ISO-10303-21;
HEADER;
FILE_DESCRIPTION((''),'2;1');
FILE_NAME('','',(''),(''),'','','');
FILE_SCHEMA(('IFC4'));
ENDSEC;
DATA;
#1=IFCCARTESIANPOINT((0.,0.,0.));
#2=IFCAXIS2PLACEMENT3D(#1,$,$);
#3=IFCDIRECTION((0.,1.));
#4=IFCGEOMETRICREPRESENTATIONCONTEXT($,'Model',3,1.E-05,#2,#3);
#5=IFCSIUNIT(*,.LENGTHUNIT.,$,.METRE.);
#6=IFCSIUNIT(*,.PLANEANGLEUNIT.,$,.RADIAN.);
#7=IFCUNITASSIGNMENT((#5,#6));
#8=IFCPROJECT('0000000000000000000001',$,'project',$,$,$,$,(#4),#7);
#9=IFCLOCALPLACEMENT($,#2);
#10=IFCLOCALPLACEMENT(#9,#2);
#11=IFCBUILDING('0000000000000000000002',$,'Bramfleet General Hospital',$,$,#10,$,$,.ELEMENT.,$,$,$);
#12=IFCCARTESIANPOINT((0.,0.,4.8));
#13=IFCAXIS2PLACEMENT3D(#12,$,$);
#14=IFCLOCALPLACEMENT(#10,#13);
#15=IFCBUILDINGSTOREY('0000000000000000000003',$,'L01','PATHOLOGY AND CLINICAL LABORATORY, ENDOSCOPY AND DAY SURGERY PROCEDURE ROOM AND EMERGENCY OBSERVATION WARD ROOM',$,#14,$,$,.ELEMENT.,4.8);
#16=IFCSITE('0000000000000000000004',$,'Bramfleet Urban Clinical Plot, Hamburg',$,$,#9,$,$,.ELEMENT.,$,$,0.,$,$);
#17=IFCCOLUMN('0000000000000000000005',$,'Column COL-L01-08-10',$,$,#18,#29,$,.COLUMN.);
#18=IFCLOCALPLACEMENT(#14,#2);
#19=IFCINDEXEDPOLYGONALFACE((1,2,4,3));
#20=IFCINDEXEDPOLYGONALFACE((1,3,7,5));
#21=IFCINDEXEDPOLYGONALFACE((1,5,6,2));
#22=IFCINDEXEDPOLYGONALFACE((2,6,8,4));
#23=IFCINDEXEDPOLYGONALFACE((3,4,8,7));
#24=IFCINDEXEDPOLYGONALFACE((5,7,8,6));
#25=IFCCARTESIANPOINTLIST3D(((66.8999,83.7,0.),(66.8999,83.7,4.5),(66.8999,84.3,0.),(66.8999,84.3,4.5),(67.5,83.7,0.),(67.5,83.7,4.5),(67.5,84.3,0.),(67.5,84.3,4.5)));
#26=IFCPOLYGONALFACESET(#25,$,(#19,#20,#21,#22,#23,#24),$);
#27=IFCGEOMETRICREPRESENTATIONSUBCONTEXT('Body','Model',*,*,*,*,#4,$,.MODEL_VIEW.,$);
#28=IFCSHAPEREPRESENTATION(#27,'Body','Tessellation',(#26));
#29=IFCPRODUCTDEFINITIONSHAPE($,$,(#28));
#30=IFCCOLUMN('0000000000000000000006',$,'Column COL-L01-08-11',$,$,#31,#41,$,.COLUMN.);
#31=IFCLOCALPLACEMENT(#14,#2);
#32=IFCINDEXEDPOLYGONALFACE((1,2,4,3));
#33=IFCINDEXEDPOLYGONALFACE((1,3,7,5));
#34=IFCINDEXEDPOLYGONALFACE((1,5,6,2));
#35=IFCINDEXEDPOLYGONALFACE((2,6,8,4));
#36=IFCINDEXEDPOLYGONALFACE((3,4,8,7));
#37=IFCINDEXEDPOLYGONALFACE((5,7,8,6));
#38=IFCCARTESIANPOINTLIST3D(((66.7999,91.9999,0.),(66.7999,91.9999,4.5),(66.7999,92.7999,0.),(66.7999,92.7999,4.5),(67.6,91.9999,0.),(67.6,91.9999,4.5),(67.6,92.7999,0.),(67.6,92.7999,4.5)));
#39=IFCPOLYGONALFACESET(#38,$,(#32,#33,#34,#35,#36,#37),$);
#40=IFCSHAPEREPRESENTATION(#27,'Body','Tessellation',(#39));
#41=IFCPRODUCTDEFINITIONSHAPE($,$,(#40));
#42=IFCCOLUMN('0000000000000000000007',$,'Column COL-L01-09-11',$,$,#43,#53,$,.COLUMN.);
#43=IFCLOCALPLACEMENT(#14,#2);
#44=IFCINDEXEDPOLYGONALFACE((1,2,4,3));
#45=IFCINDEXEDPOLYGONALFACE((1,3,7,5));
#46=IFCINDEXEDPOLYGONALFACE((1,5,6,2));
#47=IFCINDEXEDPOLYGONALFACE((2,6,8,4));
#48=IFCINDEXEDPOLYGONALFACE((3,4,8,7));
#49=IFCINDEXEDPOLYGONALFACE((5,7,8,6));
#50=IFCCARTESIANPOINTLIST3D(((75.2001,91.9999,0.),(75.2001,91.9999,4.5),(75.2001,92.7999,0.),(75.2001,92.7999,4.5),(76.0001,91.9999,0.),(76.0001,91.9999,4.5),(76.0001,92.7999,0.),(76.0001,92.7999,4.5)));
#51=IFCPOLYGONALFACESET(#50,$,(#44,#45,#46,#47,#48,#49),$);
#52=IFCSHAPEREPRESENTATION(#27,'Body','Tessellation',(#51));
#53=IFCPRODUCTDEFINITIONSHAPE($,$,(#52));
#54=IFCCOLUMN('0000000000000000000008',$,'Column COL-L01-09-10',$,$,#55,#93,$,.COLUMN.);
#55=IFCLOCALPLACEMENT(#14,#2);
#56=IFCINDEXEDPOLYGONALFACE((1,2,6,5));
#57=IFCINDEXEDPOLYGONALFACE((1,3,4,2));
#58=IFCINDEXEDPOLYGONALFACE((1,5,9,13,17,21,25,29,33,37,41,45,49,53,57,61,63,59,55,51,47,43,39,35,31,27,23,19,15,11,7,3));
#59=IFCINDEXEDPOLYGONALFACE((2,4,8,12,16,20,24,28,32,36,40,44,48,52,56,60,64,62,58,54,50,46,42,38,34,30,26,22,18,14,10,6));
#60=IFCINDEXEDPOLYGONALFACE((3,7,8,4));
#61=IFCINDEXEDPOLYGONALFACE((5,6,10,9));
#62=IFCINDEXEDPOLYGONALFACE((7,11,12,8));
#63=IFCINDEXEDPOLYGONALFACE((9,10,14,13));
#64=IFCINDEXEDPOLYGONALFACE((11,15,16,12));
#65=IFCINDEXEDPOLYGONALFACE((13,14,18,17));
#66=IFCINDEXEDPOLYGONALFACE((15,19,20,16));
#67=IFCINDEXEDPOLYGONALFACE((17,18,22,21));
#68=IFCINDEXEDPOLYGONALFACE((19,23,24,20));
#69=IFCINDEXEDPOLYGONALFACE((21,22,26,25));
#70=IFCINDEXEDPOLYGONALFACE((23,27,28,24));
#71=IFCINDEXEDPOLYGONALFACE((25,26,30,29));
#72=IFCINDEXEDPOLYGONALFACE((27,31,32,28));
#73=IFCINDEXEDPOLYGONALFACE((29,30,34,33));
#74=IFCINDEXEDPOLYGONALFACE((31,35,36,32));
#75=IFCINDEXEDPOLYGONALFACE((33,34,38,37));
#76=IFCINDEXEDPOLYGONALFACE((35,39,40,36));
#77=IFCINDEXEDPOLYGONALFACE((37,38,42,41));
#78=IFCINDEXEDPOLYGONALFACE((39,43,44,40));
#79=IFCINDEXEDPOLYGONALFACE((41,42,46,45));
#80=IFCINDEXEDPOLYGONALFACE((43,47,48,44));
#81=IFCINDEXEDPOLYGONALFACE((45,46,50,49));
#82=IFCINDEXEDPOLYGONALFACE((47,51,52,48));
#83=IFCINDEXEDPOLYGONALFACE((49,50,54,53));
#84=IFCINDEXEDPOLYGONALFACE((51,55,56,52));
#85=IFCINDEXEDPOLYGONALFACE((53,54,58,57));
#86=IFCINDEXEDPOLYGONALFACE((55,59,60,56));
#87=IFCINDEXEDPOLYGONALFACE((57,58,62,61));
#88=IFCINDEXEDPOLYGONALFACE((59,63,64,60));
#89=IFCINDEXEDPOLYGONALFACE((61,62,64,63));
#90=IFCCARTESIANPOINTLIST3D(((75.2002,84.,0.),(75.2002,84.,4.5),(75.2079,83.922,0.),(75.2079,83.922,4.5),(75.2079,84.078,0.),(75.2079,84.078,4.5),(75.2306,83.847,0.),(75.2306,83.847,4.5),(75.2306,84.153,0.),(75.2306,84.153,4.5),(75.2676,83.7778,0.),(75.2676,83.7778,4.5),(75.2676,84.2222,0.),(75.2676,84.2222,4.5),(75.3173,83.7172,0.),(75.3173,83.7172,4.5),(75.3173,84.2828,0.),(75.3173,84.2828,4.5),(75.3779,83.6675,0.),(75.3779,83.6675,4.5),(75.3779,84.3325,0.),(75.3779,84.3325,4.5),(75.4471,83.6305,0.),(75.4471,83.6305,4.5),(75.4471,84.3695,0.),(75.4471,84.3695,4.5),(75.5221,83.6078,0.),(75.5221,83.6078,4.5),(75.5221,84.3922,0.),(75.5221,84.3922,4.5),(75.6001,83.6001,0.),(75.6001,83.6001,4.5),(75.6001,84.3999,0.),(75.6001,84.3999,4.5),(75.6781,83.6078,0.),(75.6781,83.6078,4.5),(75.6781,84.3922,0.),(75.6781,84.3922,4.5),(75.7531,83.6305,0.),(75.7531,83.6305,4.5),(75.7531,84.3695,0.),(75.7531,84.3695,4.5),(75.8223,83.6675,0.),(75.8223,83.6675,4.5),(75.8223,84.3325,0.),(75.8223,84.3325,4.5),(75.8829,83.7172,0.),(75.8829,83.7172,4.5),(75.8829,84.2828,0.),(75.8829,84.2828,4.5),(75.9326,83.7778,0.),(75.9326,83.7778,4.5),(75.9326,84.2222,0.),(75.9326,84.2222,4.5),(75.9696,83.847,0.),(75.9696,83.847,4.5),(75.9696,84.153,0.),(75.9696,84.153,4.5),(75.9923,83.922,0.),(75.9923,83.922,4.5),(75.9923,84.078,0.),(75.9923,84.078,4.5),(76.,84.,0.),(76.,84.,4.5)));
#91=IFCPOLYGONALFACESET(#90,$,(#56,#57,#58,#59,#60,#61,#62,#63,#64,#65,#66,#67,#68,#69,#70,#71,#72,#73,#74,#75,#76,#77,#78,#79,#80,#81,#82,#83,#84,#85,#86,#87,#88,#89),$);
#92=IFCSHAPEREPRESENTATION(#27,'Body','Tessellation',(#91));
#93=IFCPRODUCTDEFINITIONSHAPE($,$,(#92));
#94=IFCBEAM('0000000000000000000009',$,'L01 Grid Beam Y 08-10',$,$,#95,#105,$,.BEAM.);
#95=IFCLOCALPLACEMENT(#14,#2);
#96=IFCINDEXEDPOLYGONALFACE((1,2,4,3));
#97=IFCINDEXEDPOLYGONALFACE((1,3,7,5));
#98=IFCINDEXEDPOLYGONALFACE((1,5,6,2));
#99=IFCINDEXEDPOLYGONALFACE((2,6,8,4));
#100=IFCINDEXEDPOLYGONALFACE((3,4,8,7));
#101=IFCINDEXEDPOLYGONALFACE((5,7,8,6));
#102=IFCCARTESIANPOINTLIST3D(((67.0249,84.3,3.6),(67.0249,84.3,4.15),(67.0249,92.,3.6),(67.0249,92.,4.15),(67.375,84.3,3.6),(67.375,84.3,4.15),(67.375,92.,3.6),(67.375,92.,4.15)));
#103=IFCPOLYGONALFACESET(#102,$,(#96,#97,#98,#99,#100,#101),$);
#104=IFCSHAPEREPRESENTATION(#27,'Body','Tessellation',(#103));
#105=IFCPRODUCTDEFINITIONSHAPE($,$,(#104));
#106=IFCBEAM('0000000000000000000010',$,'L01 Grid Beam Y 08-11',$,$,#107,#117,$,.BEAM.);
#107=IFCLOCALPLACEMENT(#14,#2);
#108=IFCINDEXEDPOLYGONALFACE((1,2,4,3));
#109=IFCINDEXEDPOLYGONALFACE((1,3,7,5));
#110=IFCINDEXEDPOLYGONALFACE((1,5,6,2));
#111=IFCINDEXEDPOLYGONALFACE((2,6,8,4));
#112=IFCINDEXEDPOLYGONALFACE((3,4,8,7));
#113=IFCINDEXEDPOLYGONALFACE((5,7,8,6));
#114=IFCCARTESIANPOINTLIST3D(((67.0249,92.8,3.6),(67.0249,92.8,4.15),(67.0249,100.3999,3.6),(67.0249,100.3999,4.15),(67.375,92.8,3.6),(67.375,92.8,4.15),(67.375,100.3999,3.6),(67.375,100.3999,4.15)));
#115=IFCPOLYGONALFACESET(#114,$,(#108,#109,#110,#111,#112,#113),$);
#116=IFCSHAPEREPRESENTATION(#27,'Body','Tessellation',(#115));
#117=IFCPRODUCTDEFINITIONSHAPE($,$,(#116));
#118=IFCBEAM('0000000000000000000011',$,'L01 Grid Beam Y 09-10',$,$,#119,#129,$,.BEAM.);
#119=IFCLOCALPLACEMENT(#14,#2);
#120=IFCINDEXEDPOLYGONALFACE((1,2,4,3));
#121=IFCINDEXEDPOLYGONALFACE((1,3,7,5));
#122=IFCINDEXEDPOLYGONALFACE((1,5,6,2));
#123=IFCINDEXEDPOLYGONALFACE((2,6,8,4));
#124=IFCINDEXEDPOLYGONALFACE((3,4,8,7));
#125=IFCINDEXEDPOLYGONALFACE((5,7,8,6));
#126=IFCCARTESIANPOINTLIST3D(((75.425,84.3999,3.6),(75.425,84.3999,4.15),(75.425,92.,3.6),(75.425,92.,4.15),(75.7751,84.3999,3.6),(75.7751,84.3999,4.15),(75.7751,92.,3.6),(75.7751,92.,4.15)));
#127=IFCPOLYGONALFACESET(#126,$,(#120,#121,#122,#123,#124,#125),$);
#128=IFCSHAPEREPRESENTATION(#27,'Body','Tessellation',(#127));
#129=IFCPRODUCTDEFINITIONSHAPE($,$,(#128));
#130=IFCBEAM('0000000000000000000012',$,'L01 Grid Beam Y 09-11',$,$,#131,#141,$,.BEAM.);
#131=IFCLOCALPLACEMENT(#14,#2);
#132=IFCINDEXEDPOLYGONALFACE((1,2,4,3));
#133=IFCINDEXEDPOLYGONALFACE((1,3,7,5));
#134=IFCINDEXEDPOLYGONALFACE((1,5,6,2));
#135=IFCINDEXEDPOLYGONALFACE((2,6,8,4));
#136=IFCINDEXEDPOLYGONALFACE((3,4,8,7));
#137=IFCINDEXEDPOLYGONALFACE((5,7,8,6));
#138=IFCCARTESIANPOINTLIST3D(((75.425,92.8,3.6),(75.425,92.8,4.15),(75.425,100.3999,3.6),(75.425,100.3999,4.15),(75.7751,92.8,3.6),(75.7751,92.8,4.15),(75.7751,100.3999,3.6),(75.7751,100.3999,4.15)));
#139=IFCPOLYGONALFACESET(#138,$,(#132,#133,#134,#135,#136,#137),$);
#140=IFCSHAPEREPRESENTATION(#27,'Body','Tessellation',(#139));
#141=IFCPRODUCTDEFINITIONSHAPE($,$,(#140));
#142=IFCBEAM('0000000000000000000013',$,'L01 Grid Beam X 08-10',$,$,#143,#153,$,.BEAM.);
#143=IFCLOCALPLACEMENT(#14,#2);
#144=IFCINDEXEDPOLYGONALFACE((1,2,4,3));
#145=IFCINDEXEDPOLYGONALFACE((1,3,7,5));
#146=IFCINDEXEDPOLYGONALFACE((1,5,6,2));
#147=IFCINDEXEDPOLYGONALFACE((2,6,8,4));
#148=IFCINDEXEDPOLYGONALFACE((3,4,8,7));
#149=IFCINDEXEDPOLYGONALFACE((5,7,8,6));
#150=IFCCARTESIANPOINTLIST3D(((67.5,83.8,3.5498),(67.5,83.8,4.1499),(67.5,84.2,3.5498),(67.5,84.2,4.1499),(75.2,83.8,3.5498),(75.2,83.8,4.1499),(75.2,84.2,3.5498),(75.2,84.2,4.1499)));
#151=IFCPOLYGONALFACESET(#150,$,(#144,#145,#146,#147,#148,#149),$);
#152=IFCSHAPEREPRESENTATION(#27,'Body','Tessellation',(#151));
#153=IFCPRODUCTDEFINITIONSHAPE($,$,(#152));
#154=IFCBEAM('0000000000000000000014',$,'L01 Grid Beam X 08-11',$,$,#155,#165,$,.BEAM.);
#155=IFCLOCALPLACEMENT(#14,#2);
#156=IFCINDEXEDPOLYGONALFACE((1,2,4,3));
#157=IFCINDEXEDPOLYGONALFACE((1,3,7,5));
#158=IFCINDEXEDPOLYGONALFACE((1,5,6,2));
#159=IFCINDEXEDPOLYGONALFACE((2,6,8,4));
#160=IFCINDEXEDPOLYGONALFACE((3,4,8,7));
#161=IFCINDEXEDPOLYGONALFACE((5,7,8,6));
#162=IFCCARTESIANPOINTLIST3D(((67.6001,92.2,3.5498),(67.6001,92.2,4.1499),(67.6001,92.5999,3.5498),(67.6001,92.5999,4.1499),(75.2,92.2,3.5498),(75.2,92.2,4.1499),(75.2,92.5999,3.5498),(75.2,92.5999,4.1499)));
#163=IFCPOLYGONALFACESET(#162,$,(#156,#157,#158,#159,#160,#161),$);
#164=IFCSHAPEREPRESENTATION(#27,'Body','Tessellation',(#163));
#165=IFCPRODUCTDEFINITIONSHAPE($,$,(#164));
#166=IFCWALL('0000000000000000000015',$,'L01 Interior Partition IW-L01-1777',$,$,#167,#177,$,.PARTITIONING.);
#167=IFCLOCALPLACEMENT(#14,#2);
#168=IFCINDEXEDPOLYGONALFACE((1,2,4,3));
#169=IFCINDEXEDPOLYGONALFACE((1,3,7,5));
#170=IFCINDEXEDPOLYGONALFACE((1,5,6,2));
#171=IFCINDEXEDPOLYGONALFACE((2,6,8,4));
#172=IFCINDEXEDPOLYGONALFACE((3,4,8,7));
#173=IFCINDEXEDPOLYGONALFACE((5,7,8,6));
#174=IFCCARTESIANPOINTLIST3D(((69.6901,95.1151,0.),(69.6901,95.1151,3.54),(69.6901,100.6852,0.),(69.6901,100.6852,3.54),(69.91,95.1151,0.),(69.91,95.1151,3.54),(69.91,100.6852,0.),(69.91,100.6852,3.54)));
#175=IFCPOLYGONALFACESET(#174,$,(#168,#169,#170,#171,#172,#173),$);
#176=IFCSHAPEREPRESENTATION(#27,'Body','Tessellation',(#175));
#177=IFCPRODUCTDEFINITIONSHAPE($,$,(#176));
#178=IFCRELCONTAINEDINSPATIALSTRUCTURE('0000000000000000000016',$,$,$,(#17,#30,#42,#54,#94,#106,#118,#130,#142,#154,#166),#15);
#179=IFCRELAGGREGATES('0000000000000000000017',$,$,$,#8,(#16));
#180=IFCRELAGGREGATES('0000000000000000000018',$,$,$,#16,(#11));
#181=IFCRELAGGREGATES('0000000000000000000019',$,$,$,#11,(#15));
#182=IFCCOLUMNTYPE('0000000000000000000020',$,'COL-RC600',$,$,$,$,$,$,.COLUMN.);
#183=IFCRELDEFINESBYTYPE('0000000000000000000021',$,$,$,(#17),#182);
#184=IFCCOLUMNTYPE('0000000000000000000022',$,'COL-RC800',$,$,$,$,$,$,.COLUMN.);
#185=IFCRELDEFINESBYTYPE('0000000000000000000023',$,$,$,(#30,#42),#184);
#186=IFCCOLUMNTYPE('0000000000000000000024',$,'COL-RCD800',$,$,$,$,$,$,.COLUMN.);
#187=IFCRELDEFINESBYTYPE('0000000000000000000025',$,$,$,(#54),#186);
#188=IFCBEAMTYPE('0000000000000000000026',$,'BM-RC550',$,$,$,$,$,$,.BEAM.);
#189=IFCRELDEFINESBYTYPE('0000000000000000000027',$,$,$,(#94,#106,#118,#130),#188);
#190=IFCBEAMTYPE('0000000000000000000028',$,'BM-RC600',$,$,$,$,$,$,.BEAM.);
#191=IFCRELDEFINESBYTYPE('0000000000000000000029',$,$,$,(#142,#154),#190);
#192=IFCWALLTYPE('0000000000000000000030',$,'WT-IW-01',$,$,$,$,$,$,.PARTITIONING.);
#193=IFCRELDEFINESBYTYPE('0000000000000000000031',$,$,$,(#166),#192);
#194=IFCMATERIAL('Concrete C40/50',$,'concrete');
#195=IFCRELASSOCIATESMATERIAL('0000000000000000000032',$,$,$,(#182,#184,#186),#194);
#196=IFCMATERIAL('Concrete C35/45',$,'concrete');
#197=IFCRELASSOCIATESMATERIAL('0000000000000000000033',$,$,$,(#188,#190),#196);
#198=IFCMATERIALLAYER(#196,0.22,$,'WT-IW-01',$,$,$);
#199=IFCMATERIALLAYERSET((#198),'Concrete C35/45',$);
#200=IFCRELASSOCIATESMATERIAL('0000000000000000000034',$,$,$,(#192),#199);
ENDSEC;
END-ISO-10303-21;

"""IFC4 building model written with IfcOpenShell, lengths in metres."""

from ifc_helpers import new_model, si_unit, direction, frame, frame_2d, origin, origin_2d, place, context, subcontext, project, spatial, rectangle, circle, extrude, material, layer, layer_set, material_profile, profile_set, type_object, element, save


model = new_model("IFC4")

# Units and contexts
model_context = context("Model", 3, precision=1e-05, world=origin(), true_north=direction((0.0, 1.0)))
body_context = subcontext(model_context, "Body", "Model", "MODEL_VIEW")
ifc_project = project(units=[si_unit("LENGTHUNIT", "METRE"), si_unit("PLANEANGLEUNIT", "RADIAN")], contexts=[model_context])

# Site, building, storey
site_placement = place(None, origin())
site = spatial("IfcSite", under=ifc_project, at=site_placement, Name="Bramfleet Urban Clinical Plot, Hamburg", CompositionType="ELEMENT", RefElevation=0.0)
building_placement = place(site_placement, origin())
building = spatial("IfcBuilding", under=site, at=building_placement, Name="Bramfleet General Hospital", CompositionType="ELEMENT")
storey_placement = place(building_placement, frame((0.0, 0.0, 4.8)))
storey = spatial("IfcBuildingStorey", under=building, at=storey_placement, Name="L01", Description="PATHOLOGY AND CLINICAL LABORATORY, ENDOSCOPY AND DAY SURGERY PROCEDURE ROOM AND EMERGENCY OBSERVATION WARD ROOM", CompositionType="ELEMENT", Elevation=4.8)

# Columns
ifc_material_1 = material(Name="Concrete C40/50", Category="concrete")
ifc_material_profile_1 = material_profile(ifc_material_1, rectangle(XDim=0.6001, YDim=0.6001, at=origin_2d()), Name="RC COL 600x600")
ifc_profile_set_1 = profile_set([ifc_material_profile_1], Name="Concrete C40/50")
column_type_1 = type_object("IfcColumnType", Name="COL-RC600", PredefinedType="COLUMN", material=ifc_profile_set_1)
column_1_placement = place(storey_placement, frame((67.2, 84.0, 0.0), z_axis=(0.0, 0.0, 1.0), x_axis=(1.0, 0.0, 0.0)))
element("IfcColumn", 1, at=column_1_placement, inside=storey, type_object=column_type_1, Name="Column COL-L01-08-10", PredefinedType="COLUMN", context=body_context, shape_type="SweptSolid", body=[
    extrude(rectangle(XDim=0.6001, YDim=0.6001, at=origin_2d()), origin(), (0.0, 0.0, 1.0), 4.5),
])
ifc_material_profile_2 = material_profile(ifc_material_1, rectangle(XDim=0.8, YDim=0.8, at=origin_2d()), Name="RC COL 800x800")
ifc_profile_set_2 = profile_set([ifc_material_profile_2], Name="Concrete C40/50")
column_type_2 = type_object("IfcColumnType", Name="COL-RC800", PredefinedType="COLUMN", material=ifc_profile_set_2)
for number, where, z_axis, x_axis, name in (
    (2, (67.2, 92.3999, 0.0), (0.0, 0.0, 1.0), (1.0, 0.0, 0.0), "Column COL-L01-08-11"),
    (3, (75.6001, 92.3999, 0.0), (0.0, 0.0, 1.0), (1.0, 0.0, 0.0), "Column COL-L01-09-11"),
):
    element("IfcColumn", number, at=place(storey_placement, frame(where, z_axis=z_axis, x_axis=x_axis)), inside=storey, type_object=column_type_2, Name=name, PredefinedType="COLUMN", context=body_context, shape_type="SweptSolid", body=[
        extrude(rectangle(XDim=0.8, YDim=0.8, at=origin_2d()), origin(), (0.0, 0.0, 1.0), 4.5),
    ])
ifc_material_profile_3 = material_profile(ifc_material_1, circle(Radius=0.3999, at=origin_2d()), Name="RC ROUND D800")
ifc_profile_set_3 = profile_set([ifc_material_profile_3], Name="Concrete C40/50")
column_type_3 = type_object("IfcColumnType", Name="COL-RCD800", PredefinedType="COLUMN", material=ifc_profile_set_3)
column_2_placement = place(storey_placement, frame((75.6001, 84.0, 0.0), z_axis=(0.0, 0.0, 1.0), x_axis=(1.0, 0.0, 0.0)))
element("IfcColumn", 4, at=column_2_placement, inside=storey, type_object=column_type_3, Name="Column COL-L01-09-10", PredefinedType="COLUMN", context=body_context, shape_type="SweptSolid", body=[
    extrude(circle(Radius=0.3999, at=origin_2d()), origin(), (0.0, 0.0, 1.0), 4.5),
])

# Beams
ifc_material_2 = material(Name="Concrete C35/45", Category="concrete")
ifc_material_profile_4 = material_profile(ifc_material_2, rectangle(XDim=0.3501, YDim=0.55, at=origin_2d()), Name="RC BM 550x350")
ifc_profile_set_4 = profile_set([ifc_material_profile_4], Name="Concrete C35/45")
beam_type_1 = type_object("IfcBeamType", Name="BM-RC550", PredefinedType="BEAM", material=ifc_profile_set_4)
beam_1_placement = place(storey_placement, frame((67.2, 84.3, 3.875), z_axis=(0.0, 1.0, 0.0), x_axis=(-1.0, 0.0, 0.0)))
element("IfcBeam", 5, at=beam_1_placement, inside=storey, type_object=beam_type_1, Name="L01 Grid Beam Y 08-10", PredefinedType="BEAM", context=body_context, shape_type="SweptSolid", body=[
    extrude(rectangle(XDim=0.3501, YDim=0.55, at=origin_2d()), origin(), (0.0, 0.0, 1.0), 7.7),
])
beam_2_placement = place(storey_placement, frame((67.2, 92.8, 3.875), z_axis=(0.0, 1.0, 0.0), x_axis=(-1.0, 0.0, 0.0)))
element("IfcBeam", 6, at=beam_2_placement, inside=storey, type_object=beam_type_1, Name="L01 Grid Beam Y 08-11", PredefinedType="BEAM", context=body_context, shape_type="SweptSolid", body=[
    extrude(rectangle(XDim=0.3501, YDim=0.55, at=origin_2d()), origin(), (0.0, 0.0, 1.0), 7.5999),
])
beam_3_placement = place(storey_placement, frame((75.6001, 84.3999, 3.875), z_axis=(0.0, 1.0, 0.0), x_axis=(-1.0, 0.0, 0.0)))
element("IfcBeam", 7, at=beam_3_placement, inside=storey, type_object=beam_type_1, Name="L01 Grid Beam Y 09-10", PredefinedType="BEAM", context=body_context, shape_type="SweptSolid", body=[
    extrude(rectangle(XDim=0.3501, YDim=0.55, at=origin_2d()), origin(), (0.0, 0.0, 1.0), 7.6001),
])
beam_4_placement = place(storey_placement, frame((75.6001, 92.8, 3.875), z_axis=(0.0, 1.0, 0.0), x_axis=(-1.0, 0.0, 0.0)))
element("IfcBeam", 8, at=beam_4_placement, inside=storey, type_object=beam_type_1, Name="L01 Grid Beam Y 09-11", PredefinedType="BEAM", context=body_context, shape_type="SweptSolid", body=[
    extrude(rectangle(XDim=0.3501, YDim=0.55, at=origin_2d()), origin(), (0.0, 0.0, 1.0), 7.5999),
])
ifc_material_profile_5 = material_profile(ifc_material_2, rectangle(XDim=0.3999, YDim=0.6001, at=origin_2d()), Name="RC BM 600x400")
ifc_profile_set_5 = profile_set([ifc_material_profile_5], Name="Concrete C35/45")
beam_type_2 = type_object("IfcBeamType", Name="BM-RC600", PredefinedType="BEAM", material=ifc_profile_set_5)
beam_5_placement = place(storey_placement, frame((67.5, 84.0, 3.8499), z_axis=(1.0, 0.0, 0.0), x_axis=(0.0, 1.0, 0.0)))
element("IfcBeam", 9, at=beam_5_placement, inside=storey, type_object=beam_type_2, Name="L01 Grid Beam X 08-10", PredefinedType="BEAM", context=body_context, shape_type="SweptSolid", body=[
    extrude(rectangle(XDim=0.3999, YDim=0.6001, at=origin_2d()), origin(), (0.0, 0.0, 1.0), 7.7),
])
beam_6_placement = place(storey_placement, frame((67.6001, 92.3999, 3.8499), z_axis=(1.0, 0.0, 0.0), x_axis=(0.0, 1.0, 0.0)))
element("IfcBeam", 10, at=beam_6_placement, inside=storey, type_object=beam_type_2, Name="L01 Grid Beam X 08-11", PredefinedType="BEAM", context=body_context, shape_type="SweptSolid", body=[
    extrude(rectangle(XDim=0.3999, YDim=0.6001, at=origin_2d()), origin(), (0.0, 0.0, 1.0), 7.5999),
])

# Wall
ifc_layer_1 = layer(ifc_material_2, 0.22, Name="WT-IW-01")
ifc_layer_set_1 = layer_set([ifc_layer_1], Name="Concrete C35/45")
wall_type_1 = type_object("IfcWallType", Name="WT-IW-01", PredefinedType="PARTITIONING", material=ifc_layer_set_1)
wall_1_placement = place(storey_placement, frame((69.8, 95.115, 0.0), z_axis=(0.0, 0.0, 1.0), x_axis=(0.0, 1.0, 0.0)))
element("IfcWall", 11, at=wall_1_placement, inside=storey, type_object=wall_type_1, Name="L01 Interior Partition IW-L01-1777", PredefinedType="PARTITIONING", context=body_context, shape_type="SweptSolid", body=[
    extrude(rectangle(XDim=5.5701, YDim=0.22, at=frame_2d((2.7852, 0.0))), origin(), (0.0, 0.0, 1.0), 3.54),
])

save(model, "model.ifc")
